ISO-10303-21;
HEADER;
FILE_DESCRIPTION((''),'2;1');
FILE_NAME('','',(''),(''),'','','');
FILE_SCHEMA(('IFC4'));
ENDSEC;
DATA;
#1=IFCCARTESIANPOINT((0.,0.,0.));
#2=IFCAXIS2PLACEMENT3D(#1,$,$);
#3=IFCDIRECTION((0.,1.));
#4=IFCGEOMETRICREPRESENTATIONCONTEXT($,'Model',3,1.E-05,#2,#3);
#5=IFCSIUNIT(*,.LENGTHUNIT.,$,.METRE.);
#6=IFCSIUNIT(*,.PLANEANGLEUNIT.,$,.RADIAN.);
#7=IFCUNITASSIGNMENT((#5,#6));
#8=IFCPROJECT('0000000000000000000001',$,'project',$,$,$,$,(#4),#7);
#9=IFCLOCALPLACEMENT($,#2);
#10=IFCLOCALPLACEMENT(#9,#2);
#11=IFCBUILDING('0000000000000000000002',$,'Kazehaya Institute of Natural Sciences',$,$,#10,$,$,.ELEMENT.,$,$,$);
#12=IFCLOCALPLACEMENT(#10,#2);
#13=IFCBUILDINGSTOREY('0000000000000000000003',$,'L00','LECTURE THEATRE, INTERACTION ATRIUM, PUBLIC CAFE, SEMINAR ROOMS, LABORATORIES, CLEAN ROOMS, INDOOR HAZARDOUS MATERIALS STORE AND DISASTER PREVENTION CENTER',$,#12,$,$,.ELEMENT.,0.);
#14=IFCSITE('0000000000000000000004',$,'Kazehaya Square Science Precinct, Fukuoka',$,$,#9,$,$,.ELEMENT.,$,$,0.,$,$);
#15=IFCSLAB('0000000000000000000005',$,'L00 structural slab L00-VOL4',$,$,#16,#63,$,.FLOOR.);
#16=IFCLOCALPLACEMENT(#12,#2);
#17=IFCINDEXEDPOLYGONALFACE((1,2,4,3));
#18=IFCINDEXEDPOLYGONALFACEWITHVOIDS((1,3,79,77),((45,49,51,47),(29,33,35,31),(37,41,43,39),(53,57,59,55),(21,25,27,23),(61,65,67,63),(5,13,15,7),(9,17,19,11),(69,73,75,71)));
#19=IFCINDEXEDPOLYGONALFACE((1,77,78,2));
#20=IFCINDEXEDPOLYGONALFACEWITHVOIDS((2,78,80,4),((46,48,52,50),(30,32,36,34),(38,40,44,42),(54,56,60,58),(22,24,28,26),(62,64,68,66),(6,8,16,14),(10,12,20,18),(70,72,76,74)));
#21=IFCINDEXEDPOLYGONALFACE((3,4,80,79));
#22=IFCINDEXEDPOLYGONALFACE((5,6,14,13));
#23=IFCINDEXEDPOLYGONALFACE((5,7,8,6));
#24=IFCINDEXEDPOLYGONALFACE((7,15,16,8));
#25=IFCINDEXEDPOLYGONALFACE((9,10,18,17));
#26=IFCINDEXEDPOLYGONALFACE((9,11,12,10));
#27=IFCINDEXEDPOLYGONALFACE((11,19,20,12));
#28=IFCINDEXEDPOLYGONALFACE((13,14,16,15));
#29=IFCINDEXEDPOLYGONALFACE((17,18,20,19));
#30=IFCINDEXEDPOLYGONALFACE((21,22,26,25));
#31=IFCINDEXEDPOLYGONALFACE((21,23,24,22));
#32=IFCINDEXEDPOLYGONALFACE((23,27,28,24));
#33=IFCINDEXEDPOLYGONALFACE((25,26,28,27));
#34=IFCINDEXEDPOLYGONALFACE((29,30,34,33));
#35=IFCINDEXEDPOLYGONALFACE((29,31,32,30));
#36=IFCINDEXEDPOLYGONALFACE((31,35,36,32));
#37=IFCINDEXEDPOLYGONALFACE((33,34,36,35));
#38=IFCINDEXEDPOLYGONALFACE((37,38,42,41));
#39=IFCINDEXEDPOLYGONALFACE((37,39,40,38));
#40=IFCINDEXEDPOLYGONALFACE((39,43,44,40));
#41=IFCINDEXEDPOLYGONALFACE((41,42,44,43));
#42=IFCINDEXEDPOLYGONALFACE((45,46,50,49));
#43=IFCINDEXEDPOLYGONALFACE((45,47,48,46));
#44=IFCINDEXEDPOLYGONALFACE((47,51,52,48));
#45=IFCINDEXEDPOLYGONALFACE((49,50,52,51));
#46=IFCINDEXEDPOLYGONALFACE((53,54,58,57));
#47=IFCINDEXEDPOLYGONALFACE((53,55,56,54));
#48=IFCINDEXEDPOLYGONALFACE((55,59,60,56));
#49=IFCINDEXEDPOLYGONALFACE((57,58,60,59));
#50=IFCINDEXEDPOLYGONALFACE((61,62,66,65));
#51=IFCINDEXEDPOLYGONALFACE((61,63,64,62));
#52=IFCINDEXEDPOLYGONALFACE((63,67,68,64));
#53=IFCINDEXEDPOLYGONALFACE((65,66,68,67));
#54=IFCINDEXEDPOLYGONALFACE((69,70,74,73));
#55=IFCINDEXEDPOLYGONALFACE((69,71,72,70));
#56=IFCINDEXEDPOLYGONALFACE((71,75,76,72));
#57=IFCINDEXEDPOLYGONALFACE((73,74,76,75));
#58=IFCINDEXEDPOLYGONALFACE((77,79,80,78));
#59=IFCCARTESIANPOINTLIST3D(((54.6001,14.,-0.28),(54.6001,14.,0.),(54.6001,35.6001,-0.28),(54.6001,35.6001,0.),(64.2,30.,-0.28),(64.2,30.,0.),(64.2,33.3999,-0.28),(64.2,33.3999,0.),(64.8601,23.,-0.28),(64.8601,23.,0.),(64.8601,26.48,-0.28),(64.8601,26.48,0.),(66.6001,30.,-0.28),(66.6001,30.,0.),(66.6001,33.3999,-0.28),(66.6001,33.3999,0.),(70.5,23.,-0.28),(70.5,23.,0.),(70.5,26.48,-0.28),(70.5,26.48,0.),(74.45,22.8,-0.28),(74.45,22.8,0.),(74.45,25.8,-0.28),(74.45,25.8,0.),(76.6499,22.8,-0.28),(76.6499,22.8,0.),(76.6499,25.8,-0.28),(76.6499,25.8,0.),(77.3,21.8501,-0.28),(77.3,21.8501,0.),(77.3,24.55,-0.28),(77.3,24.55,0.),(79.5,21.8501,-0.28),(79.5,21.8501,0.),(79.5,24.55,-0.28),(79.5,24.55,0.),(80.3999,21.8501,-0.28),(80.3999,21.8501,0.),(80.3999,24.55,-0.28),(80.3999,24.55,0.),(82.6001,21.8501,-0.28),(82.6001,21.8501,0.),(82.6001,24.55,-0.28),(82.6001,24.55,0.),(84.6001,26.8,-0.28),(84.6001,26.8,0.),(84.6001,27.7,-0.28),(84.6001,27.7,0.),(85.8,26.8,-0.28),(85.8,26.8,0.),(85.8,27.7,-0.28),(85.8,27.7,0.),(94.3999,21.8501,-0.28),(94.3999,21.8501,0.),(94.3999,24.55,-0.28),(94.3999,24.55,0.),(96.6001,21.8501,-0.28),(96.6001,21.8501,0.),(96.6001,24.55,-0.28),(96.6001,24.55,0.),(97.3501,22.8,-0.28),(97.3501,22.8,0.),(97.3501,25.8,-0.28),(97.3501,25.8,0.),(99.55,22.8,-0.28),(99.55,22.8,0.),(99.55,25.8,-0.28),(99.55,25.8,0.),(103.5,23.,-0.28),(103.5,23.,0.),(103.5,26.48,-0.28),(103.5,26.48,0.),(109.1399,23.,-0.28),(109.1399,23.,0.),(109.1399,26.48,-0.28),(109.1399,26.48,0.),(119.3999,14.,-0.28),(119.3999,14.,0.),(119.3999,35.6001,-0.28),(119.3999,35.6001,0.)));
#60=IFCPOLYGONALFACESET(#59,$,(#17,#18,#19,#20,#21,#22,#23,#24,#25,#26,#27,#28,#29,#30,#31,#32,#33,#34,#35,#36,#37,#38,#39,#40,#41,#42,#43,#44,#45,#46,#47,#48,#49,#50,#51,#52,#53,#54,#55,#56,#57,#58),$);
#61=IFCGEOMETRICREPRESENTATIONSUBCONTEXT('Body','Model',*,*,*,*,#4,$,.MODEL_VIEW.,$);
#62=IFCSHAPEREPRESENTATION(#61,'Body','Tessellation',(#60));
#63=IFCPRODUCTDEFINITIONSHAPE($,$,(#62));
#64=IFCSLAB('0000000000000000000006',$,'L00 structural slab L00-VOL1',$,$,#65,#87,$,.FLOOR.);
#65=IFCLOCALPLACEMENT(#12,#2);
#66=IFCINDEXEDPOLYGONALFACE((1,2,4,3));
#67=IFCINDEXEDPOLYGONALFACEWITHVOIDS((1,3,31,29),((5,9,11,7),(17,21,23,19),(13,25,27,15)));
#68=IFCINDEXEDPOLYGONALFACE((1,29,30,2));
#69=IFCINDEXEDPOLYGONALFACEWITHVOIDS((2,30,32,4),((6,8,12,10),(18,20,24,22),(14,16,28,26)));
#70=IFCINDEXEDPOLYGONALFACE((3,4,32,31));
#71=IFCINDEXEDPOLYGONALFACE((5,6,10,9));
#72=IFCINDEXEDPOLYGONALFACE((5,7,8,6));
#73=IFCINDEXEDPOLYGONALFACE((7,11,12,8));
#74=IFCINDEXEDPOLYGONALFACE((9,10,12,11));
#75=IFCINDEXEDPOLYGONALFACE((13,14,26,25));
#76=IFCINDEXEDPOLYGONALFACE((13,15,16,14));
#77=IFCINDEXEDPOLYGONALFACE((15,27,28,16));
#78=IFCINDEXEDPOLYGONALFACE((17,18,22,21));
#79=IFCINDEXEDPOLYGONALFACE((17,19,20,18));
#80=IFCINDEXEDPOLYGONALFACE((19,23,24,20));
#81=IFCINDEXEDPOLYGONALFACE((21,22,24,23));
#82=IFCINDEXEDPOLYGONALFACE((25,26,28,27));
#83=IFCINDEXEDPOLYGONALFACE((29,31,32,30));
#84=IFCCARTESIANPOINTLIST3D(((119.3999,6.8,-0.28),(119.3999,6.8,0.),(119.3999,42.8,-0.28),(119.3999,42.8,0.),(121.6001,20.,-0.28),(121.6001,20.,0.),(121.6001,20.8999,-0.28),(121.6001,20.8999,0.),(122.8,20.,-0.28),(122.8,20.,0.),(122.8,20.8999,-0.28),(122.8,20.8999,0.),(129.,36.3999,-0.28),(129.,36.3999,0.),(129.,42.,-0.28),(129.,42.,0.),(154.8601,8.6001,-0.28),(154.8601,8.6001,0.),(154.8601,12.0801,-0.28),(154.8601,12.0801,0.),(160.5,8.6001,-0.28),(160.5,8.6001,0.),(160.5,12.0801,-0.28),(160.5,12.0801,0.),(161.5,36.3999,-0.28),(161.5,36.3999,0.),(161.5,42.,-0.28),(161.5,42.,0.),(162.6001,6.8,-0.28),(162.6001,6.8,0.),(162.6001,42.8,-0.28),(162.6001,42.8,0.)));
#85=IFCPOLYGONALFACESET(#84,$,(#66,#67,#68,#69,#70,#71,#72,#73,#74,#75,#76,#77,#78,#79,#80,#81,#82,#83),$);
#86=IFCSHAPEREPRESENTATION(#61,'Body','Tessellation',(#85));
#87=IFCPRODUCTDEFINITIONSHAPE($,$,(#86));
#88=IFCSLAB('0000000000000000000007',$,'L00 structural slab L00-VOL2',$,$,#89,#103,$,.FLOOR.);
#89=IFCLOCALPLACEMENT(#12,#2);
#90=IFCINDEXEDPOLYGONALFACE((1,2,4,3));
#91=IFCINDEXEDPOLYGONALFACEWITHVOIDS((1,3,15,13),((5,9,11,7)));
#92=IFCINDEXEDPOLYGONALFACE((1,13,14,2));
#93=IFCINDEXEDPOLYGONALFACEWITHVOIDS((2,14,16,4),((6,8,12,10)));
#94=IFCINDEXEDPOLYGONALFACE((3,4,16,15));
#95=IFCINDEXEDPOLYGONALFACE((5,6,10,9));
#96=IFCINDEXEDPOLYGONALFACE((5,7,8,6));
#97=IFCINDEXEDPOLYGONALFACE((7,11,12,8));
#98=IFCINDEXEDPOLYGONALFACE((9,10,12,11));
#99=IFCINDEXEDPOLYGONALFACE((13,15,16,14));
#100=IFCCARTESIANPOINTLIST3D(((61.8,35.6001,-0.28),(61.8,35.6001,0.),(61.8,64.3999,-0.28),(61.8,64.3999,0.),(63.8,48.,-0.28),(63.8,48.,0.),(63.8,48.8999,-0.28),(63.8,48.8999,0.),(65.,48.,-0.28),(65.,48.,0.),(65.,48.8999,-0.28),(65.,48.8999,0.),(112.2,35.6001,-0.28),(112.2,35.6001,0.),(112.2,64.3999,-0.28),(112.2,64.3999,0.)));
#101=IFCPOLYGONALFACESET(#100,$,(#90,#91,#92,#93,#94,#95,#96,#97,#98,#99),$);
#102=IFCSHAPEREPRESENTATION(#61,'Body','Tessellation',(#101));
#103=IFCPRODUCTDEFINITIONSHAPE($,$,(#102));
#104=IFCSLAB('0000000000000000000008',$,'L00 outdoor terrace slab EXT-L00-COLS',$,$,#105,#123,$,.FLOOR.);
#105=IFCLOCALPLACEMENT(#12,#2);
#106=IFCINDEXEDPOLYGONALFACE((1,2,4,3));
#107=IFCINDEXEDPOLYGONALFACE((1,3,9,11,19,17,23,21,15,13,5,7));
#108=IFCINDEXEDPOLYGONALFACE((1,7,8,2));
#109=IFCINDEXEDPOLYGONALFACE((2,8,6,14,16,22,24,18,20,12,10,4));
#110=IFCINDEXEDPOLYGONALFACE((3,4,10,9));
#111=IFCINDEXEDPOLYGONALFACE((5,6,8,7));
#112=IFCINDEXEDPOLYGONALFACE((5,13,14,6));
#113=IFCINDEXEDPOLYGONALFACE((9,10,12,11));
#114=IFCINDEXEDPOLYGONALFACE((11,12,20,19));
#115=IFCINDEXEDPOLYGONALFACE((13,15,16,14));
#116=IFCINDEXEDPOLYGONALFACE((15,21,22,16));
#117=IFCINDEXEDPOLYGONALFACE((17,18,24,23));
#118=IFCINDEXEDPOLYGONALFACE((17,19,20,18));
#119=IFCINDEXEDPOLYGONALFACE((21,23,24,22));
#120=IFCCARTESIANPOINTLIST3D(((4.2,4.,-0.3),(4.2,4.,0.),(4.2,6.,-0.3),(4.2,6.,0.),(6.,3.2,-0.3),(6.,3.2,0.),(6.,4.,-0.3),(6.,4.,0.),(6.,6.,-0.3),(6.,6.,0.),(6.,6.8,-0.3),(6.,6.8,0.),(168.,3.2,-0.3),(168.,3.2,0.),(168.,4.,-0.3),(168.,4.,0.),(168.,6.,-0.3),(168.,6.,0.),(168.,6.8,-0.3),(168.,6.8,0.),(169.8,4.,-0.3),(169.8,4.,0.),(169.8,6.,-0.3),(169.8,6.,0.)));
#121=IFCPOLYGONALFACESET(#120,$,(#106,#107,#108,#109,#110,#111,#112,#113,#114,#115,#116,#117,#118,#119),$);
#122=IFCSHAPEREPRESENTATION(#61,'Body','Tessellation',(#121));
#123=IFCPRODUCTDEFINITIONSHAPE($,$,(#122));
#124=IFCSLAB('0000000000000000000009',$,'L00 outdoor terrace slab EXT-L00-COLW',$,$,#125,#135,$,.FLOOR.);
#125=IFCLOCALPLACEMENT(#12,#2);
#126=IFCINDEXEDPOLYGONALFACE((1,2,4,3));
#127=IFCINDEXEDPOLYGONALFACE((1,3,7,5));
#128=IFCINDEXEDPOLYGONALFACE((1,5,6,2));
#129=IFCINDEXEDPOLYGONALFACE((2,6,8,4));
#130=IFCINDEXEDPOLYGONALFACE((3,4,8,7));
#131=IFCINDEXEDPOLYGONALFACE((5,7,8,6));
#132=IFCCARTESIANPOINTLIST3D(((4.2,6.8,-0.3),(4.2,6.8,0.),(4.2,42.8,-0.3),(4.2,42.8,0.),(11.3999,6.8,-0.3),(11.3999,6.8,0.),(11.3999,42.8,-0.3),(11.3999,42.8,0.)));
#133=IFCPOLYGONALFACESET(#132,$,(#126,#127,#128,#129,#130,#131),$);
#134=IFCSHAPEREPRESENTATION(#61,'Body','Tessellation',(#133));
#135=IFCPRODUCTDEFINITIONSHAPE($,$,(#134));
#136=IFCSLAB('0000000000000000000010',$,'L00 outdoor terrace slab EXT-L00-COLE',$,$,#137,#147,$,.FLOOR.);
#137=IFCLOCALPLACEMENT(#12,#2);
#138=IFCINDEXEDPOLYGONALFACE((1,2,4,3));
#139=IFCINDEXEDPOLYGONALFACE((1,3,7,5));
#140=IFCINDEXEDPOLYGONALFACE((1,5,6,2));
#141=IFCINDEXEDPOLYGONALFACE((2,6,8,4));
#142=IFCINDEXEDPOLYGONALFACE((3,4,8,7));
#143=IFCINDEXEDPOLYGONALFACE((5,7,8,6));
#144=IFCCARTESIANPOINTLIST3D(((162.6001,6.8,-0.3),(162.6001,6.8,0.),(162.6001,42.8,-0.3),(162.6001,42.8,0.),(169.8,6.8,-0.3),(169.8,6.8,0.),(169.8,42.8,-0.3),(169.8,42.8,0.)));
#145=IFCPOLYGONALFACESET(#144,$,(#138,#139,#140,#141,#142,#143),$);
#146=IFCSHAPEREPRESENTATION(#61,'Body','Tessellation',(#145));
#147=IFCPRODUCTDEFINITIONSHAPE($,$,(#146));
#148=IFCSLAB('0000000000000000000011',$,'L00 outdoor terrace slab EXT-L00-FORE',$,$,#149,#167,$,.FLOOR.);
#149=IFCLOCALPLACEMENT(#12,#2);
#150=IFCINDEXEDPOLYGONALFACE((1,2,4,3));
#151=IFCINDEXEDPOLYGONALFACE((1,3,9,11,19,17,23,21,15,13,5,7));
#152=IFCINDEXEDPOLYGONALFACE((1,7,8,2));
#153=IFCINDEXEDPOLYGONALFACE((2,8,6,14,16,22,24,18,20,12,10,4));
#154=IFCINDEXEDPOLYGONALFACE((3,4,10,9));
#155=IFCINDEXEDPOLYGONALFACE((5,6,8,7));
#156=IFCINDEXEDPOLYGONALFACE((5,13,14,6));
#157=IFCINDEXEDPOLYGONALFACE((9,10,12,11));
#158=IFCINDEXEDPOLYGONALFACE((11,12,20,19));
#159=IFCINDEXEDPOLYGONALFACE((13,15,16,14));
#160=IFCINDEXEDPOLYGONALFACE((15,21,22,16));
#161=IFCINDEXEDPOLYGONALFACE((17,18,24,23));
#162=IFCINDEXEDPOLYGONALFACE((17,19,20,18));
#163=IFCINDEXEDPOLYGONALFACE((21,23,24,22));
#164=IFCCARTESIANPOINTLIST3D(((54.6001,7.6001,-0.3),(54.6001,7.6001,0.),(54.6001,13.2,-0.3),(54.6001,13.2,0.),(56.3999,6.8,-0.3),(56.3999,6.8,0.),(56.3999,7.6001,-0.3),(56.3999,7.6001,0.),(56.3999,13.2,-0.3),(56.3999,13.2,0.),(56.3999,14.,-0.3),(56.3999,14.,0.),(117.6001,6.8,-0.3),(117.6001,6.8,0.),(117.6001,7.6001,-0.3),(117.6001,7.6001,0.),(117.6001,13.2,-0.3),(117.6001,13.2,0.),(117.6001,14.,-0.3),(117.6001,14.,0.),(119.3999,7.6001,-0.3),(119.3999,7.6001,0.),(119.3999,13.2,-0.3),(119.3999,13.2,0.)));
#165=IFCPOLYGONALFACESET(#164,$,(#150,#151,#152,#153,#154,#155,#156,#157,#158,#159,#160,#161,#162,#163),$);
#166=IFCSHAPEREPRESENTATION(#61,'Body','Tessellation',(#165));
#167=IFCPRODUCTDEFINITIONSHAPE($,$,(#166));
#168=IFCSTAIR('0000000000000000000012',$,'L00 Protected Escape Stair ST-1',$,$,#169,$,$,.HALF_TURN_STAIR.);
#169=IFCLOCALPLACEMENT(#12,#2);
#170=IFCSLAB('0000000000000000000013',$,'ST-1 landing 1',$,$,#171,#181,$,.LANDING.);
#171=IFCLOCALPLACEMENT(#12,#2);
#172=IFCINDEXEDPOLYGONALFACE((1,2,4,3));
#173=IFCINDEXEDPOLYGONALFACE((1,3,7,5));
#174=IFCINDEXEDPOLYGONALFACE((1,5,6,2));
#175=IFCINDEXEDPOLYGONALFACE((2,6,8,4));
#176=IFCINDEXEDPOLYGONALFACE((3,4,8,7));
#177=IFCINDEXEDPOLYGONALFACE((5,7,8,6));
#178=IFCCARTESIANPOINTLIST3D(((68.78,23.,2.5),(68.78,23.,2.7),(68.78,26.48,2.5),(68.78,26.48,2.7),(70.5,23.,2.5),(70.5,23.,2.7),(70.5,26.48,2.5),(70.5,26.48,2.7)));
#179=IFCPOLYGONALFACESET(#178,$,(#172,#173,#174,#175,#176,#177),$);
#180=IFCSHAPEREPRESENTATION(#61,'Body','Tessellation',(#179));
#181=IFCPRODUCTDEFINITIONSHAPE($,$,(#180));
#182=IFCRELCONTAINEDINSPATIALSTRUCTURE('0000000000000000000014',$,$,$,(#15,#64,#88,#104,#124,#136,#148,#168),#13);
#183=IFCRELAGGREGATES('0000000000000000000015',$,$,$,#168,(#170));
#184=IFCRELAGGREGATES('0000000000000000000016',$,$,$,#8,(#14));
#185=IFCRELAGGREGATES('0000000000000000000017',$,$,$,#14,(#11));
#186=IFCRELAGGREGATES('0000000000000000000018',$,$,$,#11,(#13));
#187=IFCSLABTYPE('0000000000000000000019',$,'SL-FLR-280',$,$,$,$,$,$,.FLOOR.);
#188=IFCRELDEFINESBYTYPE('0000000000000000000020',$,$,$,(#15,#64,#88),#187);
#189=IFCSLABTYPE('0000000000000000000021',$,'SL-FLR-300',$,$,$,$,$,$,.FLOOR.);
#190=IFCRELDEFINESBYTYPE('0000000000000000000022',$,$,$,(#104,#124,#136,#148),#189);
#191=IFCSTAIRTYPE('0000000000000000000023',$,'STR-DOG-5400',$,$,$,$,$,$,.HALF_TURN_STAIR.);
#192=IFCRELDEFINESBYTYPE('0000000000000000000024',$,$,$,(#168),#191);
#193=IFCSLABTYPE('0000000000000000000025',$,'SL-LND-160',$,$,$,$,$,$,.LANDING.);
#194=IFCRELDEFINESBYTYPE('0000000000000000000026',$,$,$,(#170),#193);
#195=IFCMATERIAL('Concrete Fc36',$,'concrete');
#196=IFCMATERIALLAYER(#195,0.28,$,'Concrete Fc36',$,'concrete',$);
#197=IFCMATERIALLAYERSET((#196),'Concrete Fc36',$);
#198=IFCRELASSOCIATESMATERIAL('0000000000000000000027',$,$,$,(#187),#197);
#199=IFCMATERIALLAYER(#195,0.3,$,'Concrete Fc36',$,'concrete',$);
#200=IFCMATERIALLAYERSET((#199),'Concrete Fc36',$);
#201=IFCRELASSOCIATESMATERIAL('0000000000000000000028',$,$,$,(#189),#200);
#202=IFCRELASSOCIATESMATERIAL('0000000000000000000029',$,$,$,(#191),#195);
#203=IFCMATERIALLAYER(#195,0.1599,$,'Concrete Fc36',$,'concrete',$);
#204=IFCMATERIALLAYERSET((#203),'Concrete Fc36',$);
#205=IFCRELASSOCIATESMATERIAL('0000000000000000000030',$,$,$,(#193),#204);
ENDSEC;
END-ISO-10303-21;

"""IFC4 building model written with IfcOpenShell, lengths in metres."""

from ifc_helpers import new_model, si_unit, direction, frame, origin, place, context, subcontext, project, spatial, polyline, outline, extrude, material, layer, layer_set, type_object, element, aggregate, save


model = new_model("IFC4")

# Units and contexts
model_context = context("Model", 3, precision=1e-05, world=origin(), true_north=direction((0.0, 1.0)))
body_context = subcontext(model_context, "Body", "Model", "MODEL_VIEW")
ifc_project = project(units=[si_unit("LENGTHUNIT", "METRE"), si_unit("PLANEANGLEUNIT", "RADIAN")], contexts=[model_context])

# Site, building, storey
site_placement = place(None, origin())
site = spatial("IfcSite", under=ifc_project, at=site_placement, Name="Kazehaya Square Science Precinct, Fukuoka", CompositionType="ELEMENT", RefElevation=0.0)
building_placement = place(site_placement, origin())
building = spatial("IfcBuilding", under=site, at=building_placement, Name="Kazehaya Institute of Natural Sciences", CompositionType="ELEMENT")
storey_placement = place(building_placement, origin())
storey = spatial("IfcBuildingStorey", under=building, at=storey_placement, Name="L00", Description="LECTURE THEATRE, INTERACTION ATRIUM, PUBLIC CAFE, SEMINAR ROOMS, LABORATORIES, CLEAN ROOMS, INDOOR HAZARDOUS MATERIALS STORE AND DISASTER PREVENTION CENTER", CompositionType="ELEMENT", Elevation=0.0)

# Shared definitions
ifc_material_1 = material(Name="Concrete Fc36", Category="concrete")

# Slabs
ifc_layer_1 = layer(ifc_material_1, 0.28, Name="Concrete Fc36", Category="concrete")
ifc_layer_set_1 = layer_set([ifc_layer_1], Name="Concrete Fc36")
slab_type_1 = type_object("IfcSlabType", Name="SL-FLR-280", PredefinedType="FLOOR", material=ifc_layer_set_1)
slab_1_placement = place(storey_placement, frame((0.0, 0.0, -0.28)))
element("IfcSlab", 1, at=slab_1_placement, inside=storey, type_object=slab_type_1, Name="L00 structural slab L00-VOL4", PredefinedType="FLOOR", context=body_context, shape_type="SweptSolid", body=[
    extrude(outline(polyline([(54.6001, 14.0), (119.3999, 14.0), (119.3999, 35.6001), (54.6001, 35.6001), (54.6001, 14.0)]), holes=[polyline([(84.6001, 26.8), (85.8, 26.8), (85.8, 27.7), (84.6001, 27.7), (84.6001, 26.8)]), polyline([(64.8601, 23.0), (70.5, 23.0), (70.5, 26.48), (64.8601, 26.48), (64.8601, 23.0)]), polyline([(103.5, 23.0), (109.1399, 23.0), (109.1399, 26.48), (103.5, 26.48), (103.5, 23.0)]), polyline([(74.45, 22.8), (76.6499, 22.8), (76.6499, 25.8), (74.45, 25.8), (74.45, 22.8)]), polyline([(97.3501, 22.8), (99.55, 22.8), (99.55, 25.8), (97.3501, 25.8), (97.3501, 22.8)]), polyline([(77.3, 21.8501), (79.5, 21.8501), (79.5, 24.55), (77.3, 24.55), (77.3, 21.8501)]), polyline([(80.3999, 21.8501), (82.6001, 21.8501), (82.6001, 24.55), (80.3999, 24.55), (80.3999, 21.8501)]), polyline([(94.3999, 21.8501), (96.6001, 21.8501), (96.6001, 24.55), (94.3999, 24.55), (94.3999, 21.8501)]), polyline([(64.2, 30.0), (66.6001, 30.0), (66.6001, 33.3999), (64.2, 33.3999), (64.2, 30.0)])]), origin(), (0.0, 0.0, 1.0), 0.28),
])
slab_2_placement = place(storey_placement, frame((0.0, 0.0, -0.28)))
element("IfcSlab", 2, at=slab_2_placement, inside=storey, type_object=slab_type_1, Name="L00 structural slab L00-VOL1", PredefinedType="FLOOR", context=body_context, shape_type="SweptSolid", body=[
    extrude(outline(polyline([(119.3999, 6.8), (162.6001, 6.8), (162.6001, 42.8), (119.3999, 42.8), (119.3999, 6.8)]), holes=[polyline([(121.6001, 20.0), (122.8, 20.0), (122.8, 20.8999), (121.6001, 20.8999), (121.6001, 20.0)]), polyline([(154.8601, 8.6001), (160.5, 8.6001), (160.5, 12.0801), (154.8601, 12.0801), (154.8601, 8.6001)]), polyline([(129.0, 36.3999), (161.5, 36.3999), (161.5, 42.0), (129.0, 42.0), (129.0, 36.3999)])]), origin(), (0.0, 0.0, 1.0), 0.28),
])
slab_3_placement = place(storey_placement, frame((0.0, 0.0, -0.28)))
element("IfcSlab", 3, at=slab_3_placement, inside=storey, type_object=slab_type_1, Name="L00 structural slab L00-VOL2", PredefinedType="FLOOR", context=body_context, shape_type="SweptSolid", body=[
    extrude(outline(polyline([(61.8, 35.6001), (112.2, 35.6001), (112.2, 64.3999), (61.8, 64.3999), (61.8, 35.6001)]), holes=[polyline([(63.8, 48.0), (65.0, 48.0), (65.0, 48.8999), (63.8, 48.8999), (63.8, 48.0)])]), origin(), (0.0, 0.0, 1.0), 0.28),
])
ifc_layer_2 = layer(ifc_material_1, 0.3, Name="Concrete Fc36", Category="concrete")
ifc_layer_set_2 = layer_set([ifc_layer_2], Name="Concrete Fc36")
slab_type_2 = type_object("IfcSlabType", Name="SL-FLR-300", PredefinedType="FLOOR", material=ifc_layer_set_2)
slab_4_placement = place(storey_placement, frame((0.0, 0.0, -0.3)))
element("IfcSlab", 4, at=slab_4_placement, inside=storey, type_object=slab_type_2, Name="L00 outdoor terrace slab EXT-L00-COLS", PredefinedType="FLOOR", context=body_context, shape_type="SweptSolid", body=[
    extrude(outline(polyline([(6.0, 3.2), (168.0, 3.2), (168.0, 4.0), (169.8, 4.0), (169.8, 6.0), (168.0, 6.0), (168.0, 6.8), (6.0, 6.8), (6.0, 6.0), (4.2, 6.0), (4.2, 4.0), (6.0, 4.0), (6.0, 3.2)])), origin(), (0.0, 0.0, 1.0), 0.3),
])
slab_5_placement = place(storey_placement, frame((0.0, 0.0, -0.3)))
element("IfcSlab", 5, at=slab_5_placement, inside=storey, type_object=slab_type_2, Name="L00 outdoor terrace slab EXT-L00-COLW", PredefinedType="FLOOR", context=body_context, shape_type="SweptSolid", body=[
    extrude(outline(polyline([(4.2, 6.8), (11.3999, 6.8), (11.3999, 42.8), (4.2, 42.8), (4.2, 6.8)])), origin(), (0.0, 0.0, 1.0), 0.3),
])
slab_6_placement = place(storey_placement, frame((0.0, 0.0, -0.3)))
element("IfcSlab", 6, at=slab_6_placement, inside=storey, type_object=slab_type_2, Name="L00 outdoor terrace slab EXT-L00-COLE", PredefinedType="FLOOR", context=body_context, shape_type="SweptSolid", body=[
    extrude(outline(polyline([(162.6001, 6.8), (169.8, 6.8), (169.8, 42.8), (162.6001, 42.8), (162.6001, 6.8)])), origin(), (0.0, 0.0, 1.0), 0.3),
])
slab_7_placement = place(storey_placement, frame((0.0, 0.0, -0.3)))
element("IfcSlab", 7, at=slab_7_placement, inside=storey, type_object=slab_type_2, Name="L00 outdoor terrace slab EXT-L00-FORE", PredefinedType="FLOOR", context=body_context, shape_type="SweptSolid", body=[
    extrude(outline(polyline([(56.3999, 6.8), (117.6001, 6.8), (117.6001, 7.6001), (119.3999, 7.6001), (119.3999, 13.2), (117.6001, 13.2), (117.6001, 14.0), (56.3999, 14.0), (56.3999, 13.2), (54.6001, 13.2), (54.6001, 7.6001), (56.3999, 7.6001), (56.3999, 6.8)])), origin(), (0.0, 0.0, 1.0), 0.3),
])

# Stair, slab
stair_type = type_object("IfcStairType", Name="STR-DOG-5400", PredefinedType="HALF_TURN_STAIR", material=ifc_material_1)
stair_1_placement = place(storey_placement, origin())
stair_1 = element("IfcStair", 8, at=stair_1_placement, inside=storey, type_object=stair_type, Name="L00 Protected Escape Stair ST-1", PredefinedType="HALF_TURN_STAIR")
ifc_layer_3 = layer(ifc_material_1, 0.1599, Name="Concrete Fc36", Category="concrete")
ifc_layer_set_3 = layer_set([ifc_layer_3], Name="Concrete Fc36")
slab_type_3 = type_object("IfcSlabType", Name="SL-LND-160", PredefinedType="LANDING", material=ifc_layer_set_3)
slab_8_placement = place(storey_placement, frame((0.0, 0.0, 2.5)))
slab_8 = element("IfcSlab", 9, at=slab_8_placement, type_object=slab_type_3, Name="ST-1 landing 1", PredefinedType="LANDING", context=body_context, shape_type="SweptSolid", body=[
    extrude(outline(polyline([(68.78, 23.0), (70.5, 23.0), (70.5, 26.48), (68.78, 26.48), (68.78, 23.0)])), origin(), (0.0, 0.0, 1.0), 0.2),
])
aggregate(stair_1, [slab_8])

save(model, "model.ifc")
